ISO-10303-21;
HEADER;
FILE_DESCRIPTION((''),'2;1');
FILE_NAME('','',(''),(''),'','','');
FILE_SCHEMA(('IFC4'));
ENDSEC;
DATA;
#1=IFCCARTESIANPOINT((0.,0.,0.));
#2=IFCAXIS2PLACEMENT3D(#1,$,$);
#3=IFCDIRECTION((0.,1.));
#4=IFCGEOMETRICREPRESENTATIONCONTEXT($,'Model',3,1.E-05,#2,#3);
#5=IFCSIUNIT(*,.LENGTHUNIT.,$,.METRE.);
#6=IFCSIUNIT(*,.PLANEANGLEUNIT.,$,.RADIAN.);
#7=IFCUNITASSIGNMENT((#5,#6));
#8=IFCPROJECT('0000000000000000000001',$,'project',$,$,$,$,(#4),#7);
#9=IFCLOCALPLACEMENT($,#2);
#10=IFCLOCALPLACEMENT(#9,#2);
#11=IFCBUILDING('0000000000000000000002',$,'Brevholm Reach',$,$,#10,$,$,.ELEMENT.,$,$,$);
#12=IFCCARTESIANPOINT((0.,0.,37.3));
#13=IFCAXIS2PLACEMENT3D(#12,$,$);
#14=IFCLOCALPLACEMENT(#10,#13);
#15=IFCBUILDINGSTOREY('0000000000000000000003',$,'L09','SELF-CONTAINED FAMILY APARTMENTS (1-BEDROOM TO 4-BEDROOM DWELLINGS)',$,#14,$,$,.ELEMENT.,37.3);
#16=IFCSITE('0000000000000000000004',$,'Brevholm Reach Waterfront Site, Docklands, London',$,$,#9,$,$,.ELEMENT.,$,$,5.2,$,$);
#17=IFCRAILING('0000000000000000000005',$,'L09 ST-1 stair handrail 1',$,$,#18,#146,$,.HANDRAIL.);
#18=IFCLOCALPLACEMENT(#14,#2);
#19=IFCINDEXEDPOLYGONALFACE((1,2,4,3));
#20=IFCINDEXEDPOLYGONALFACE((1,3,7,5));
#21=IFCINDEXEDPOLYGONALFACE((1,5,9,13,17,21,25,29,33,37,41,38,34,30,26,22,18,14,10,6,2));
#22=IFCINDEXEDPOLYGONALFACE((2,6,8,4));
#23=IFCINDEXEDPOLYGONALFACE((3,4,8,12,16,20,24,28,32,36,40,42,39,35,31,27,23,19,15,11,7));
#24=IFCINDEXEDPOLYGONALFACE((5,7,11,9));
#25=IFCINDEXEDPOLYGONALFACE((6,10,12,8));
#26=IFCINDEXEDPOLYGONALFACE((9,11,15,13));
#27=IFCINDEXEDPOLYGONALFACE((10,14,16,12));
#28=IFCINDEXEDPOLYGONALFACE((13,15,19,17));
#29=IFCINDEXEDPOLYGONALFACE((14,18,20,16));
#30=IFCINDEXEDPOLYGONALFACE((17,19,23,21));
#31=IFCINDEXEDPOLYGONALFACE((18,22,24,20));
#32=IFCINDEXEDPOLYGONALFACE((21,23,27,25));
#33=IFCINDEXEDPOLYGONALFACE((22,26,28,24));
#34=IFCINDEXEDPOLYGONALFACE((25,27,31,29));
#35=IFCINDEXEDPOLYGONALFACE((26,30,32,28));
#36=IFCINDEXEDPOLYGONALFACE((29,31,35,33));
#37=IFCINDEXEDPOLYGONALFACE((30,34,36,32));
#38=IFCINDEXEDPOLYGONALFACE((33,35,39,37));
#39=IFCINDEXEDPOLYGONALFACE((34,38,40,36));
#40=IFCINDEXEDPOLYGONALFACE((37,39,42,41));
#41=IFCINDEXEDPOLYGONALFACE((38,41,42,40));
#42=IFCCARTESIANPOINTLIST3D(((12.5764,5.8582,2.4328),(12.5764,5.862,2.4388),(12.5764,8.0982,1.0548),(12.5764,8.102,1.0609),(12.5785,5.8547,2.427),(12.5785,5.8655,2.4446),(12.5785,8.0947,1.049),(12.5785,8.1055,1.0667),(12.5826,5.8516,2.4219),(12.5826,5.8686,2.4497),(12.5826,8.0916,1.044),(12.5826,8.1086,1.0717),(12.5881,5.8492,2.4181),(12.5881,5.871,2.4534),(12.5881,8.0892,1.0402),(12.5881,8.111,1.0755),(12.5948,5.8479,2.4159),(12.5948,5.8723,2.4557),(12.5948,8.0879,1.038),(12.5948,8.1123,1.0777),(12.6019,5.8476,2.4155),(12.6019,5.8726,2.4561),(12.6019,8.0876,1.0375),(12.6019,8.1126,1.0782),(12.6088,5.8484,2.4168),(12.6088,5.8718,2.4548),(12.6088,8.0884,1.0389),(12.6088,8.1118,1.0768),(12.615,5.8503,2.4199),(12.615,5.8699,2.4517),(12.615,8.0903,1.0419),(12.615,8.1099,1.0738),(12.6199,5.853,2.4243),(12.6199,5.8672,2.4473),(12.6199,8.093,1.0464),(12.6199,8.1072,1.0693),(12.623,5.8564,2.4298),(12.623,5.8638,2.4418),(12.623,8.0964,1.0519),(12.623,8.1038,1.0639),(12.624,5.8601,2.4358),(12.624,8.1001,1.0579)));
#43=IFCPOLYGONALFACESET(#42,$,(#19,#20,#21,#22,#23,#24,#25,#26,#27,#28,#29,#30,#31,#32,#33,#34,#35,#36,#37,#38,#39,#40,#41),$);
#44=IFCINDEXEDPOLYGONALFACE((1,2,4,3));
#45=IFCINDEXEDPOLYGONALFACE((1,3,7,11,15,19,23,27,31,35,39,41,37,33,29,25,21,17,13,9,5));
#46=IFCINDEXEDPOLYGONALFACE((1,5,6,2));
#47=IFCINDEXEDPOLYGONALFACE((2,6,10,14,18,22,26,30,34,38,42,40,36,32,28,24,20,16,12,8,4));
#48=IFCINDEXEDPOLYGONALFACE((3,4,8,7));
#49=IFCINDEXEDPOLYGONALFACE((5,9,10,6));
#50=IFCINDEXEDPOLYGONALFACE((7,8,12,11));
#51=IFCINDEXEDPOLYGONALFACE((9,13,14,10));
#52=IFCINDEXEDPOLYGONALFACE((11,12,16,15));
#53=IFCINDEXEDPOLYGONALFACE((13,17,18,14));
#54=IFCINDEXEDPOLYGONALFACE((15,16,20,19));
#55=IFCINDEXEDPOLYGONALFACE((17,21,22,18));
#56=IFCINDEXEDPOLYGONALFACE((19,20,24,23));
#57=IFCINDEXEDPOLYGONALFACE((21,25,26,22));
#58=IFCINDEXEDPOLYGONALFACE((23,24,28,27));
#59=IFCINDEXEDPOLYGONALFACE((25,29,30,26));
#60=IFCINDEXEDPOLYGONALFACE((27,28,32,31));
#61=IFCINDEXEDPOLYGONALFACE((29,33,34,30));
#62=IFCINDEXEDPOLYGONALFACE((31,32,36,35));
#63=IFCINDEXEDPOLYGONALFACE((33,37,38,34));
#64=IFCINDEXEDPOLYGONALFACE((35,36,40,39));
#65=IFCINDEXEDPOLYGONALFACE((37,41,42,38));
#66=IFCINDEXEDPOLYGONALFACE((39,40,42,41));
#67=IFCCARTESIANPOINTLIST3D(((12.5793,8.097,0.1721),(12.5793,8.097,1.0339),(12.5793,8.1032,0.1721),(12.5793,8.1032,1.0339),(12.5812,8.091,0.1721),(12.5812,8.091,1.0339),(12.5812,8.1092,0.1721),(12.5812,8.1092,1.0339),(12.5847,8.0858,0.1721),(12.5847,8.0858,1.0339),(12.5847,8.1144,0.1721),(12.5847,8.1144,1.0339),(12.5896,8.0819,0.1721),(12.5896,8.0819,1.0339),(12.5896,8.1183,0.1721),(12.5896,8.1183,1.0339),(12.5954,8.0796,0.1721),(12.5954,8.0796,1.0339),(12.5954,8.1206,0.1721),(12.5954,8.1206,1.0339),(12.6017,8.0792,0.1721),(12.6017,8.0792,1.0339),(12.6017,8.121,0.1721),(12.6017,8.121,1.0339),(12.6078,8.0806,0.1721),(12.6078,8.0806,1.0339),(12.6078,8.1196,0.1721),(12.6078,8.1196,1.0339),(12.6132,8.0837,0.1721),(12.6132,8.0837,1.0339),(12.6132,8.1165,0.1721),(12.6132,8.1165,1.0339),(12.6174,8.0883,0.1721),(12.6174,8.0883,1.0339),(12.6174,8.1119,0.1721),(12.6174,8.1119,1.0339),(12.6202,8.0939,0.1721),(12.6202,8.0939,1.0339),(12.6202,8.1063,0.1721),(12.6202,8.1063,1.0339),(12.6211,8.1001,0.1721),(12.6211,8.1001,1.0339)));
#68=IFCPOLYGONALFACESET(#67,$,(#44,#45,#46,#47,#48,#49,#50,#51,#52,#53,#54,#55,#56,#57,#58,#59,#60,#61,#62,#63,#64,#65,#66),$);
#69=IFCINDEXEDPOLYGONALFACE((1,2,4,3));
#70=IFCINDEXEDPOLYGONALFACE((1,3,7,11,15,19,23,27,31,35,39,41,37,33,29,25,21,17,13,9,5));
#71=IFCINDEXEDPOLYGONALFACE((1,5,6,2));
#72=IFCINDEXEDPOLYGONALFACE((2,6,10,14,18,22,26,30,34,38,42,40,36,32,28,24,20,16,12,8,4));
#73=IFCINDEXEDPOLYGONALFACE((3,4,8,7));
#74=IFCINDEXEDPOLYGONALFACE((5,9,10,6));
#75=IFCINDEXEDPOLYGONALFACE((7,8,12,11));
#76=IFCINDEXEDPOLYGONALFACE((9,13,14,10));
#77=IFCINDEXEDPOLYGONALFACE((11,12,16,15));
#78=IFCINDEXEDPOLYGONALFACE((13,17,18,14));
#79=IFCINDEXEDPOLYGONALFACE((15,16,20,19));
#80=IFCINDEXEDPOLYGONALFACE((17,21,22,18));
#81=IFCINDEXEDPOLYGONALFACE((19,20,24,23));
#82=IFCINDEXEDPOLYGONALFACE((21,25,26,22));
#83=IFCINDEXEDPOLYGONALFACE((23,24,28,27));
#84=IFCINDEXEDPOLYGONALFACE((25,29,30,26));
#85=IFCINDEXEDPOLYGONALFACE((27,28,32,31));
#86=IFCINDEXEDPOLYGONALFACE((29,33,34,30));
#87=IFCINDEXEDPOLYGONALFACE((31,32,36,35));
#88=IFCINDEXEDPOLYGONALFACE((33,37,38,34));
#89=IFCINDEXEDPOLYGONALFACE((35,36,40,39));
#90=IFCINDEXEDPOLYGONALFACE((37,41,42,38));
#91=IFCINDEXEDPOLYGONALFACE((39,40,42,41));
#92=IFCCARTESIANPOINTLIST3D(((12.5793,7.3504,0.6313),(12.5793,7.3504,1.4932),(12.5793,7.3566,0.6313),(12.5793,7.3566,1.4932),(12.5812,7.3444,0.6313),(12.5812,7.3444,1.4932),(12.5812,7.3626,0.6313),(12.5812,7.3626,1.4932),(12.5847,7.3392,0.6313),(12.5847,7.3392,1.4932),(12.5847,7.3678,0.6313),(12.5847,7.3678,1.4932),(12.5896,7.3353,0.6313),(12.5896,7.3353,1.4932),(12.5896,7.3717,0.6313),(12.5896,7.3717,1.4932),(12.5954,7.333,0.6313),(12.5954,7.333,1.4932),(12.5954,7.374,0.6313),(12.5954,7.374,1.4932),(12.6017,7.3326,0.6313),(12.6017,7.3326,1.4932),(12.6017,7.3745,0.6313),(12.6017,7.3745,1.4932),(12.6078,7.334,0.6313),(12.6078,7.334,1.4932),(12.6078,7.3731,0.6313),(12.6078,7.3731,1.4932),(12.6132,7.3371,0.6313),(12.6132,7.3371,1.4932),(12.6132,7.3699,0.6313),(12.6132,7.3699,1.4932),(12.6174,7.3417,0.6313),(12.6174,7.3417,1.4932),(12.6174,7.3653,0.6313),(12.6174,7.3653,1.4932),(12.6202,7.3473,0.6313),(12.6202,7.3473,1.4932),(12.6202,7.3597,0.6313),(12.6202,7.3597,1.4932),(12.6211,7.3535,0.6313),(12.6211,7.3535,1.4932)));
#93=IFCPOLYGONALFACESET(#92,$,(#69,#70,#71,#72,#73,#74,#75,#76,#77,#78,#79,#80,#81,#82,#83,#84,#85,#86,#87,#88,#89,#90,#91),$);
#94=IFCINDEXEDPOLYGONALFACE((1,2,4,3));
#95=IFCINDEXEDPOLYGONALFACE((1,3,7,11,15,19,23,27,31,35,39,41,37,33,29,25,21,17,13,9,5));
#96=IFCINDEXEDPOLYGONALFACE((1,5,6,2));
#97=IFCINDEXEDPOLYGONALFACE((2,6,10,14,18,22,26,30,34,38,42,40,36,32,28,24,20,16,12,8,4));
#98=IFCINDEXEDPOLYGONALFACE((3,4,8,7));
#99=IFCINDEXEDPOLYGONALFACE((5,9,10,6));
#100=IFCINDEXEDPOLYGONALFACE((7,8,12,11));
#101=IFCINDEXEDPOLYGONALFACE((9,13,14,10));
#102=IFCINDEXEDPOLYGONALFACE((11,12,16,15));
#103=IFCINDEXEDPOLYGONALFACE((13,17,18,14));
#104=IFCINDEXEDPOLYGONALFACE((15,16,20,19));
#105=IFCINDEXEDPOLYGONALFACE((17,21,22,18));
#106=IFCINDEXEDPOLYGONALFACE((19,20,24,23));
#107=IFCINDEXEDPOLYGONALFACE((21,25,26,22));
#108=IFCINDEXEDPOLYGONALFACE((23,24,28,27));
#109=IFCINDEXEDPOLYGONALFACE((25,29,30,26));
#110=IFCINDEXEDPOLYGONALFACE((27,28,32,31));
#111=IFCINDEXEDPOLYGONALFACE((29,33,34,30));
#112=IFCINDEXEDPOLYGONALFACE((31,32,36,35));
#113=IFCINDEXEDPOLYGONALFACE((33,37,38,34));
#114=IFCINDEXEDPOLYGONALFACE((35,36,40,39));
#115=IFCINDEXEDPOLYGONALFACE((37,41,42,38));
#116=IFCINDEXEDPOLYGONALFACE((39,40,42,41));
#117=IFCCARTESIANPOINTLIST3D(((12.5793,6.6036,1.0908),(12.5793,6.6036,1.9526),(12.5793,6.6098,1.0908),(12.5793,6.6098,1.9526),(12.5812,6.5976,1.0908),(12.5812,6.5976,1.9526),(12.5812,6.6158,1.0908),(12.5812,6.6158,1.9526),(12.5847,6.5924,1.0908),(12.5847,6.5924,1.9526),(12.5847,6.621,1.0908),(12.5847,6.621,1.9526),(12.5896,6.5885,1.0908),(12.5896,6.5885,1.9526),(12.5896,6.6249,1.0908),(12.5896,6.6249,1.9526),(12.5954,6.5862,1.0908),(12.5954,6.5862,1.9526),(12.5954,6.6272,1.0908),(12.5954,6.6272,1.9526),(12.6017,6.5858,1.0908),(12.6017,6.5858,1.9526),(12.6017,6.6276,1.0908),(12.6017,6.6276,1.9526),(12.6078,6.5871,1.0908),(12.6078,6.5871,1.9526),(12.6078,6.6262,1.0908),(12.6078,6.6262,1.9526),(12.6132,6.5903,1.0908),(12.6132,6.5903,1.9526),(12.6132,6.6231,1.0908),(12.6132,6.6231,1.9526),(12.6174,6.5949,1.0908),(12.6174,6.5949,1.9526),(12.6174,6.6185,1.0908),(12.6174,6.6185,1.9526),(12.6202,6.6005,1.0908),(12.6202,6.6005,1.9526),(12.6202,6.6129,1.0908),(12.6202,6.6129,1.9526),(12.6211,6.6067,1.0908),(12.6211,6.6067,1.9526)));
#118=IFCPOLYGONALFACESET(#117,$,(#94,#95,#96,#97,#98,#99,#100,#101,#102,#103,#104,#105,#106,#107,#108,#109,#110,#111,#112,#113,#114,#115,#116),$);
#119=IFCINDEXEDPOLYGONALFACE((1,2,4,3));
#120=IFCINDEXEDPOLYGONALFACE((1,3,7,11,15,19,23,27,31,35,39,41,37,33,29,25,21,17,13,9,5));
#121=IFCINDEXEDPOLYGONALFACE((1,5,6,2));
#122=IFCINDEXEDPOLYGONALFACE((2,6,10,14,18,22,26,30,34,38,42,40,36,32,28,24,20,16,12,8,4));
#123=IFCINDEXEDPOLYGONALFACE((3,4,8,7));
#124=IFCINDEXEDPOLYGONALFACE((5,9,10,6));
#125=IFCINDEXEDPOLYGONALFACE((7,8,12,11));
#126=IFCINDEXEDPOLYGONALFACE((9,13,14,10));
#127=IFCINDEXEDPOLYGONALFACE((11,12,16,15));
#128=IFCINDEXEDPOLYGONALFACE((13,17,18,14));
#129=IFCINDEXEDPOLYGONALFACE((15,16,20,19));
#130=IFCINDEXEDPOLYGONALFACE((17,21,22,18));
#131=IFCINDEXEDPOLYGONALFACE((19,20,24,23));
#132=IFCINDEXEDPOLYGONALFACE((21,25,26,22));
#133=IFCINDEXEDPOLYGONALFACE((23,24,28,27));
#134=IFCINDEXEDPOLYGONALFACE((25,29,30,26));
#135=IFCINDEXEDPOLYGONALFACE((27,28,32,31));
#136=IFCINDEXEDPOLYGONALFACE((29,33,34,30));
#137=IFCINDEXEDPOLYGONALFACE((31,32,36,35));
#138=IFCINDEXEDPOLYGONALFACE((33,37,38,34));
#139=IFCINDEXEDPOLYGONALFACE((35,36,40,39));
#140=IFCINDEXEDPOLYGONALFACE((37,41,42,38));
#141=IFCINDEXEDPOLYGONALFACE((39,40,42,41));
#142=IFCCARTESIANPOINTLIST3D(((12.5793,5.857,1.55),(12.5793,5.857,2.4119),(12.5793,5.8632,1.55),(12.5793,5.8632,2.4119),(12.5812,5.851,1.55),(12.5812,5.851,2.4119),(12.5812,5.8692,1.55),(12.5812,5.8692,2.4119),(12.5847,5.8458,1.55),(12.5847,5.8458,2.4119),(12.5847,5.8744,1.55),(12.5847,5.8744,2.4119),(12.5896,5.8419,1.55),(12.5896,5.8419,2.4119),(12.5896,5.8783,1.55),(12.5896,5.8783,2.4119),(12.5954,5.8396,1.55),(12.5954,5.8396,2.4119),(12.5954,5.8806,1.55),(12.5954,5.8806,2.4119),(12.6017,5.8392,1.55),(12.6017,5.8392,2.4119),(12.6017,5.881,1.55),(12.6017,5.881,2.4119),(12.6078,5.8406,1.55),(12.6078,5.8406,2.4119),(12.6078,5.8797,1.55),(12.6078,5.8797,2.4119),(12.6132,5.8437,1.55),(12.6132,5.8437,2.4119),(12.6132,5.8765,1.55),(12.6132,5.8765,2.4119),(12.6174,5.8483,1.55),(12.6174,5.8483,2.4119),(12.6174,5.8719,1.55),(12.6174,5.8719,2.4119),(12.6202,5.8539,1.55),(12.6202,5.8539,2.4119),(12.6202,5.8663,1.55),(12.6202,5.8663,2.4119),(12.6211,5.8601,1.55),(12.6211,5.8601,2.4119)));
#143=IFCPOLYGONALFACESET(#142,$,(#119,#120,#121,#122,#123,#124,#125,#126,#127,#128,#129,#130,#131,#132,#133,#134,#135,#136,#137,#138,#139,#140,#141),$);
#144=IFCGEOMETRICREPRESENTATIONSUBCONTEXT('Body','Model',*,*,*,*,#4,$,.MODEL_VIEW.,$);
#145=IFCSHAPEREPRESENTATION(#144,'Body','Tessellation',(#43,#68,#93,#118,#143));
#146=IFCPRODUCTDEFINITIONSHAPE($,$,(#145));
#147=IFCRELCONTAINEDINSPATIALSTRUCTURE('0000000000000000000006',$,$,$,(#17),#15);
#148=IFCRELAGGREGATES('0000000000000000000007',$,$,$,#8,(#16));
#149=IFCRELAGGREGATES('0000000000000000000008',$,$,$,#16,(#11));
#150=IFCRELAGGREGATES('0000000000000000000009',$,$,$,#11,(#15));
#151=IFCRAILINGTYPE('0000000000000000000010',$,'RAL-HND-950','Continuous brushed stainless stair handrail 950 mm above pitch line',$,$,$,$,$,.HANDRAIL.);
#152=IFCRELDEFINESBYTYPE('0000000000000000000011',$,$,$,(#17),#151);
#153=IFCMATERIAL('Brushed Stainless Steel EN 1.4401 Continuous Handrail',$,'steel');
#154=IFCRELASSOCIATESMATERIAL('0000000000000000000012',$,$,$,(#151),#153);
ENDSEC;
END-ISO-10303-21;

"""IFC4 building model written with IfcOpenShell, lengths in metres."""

from ifc_helpers import new_model, si_unit, direction, frame, origin, origin_2d, place, context, subcontext, project, spatial, circle, extrude, material, type_object, element, save


model = new_model("IFC4")

# Units and contexts
model_context = context("Model", 3, precision=1e-05, world=origin(), true_north=direction((0.0, 1.0)))
body_context = subcontext(model_context, "Body", "Model", "MODEL_VIEW")
ifc_project = project(units=[si_unit("LENGTHUNIT", "METRE"), si_unit("PLANEANGLEUNIT", "RADIAN")], contexts=[model_context])

# Site, building, storey
site_placement = place(None, origin())
site = spatial("IfcSite", under=ifc_project, at=site_placement, Name="Brevholm Reach Waterfront Site, Docklands, London", CompositionType="ELEMENT", RefElevation=5.2)
building_placement = place(site_placement, origin())
building = spatial("IfcBuilding", under=site, at=building_placement, Name="Brevholm Reach", CompositionType="ELEMENT")
storey_placement = place(building_placement, frame((0.0, 0.0, 37.3)))
storey = spatial("IfcBuildingStorey", under=building, at=storey_placement, Name="L09", Description="SELF-CONTAINED FAMILY APARTMENTS (1-BEDROOM TO 4-BEDROOM DWELLINGS)", CompositionType="ELEMENT", Elevation=37.3)

# Railing
ifc_material_1 = material(Name="Brushed Stainless Steel EN 1.4401 Continuous Handrail", Category="steel")
railing_type_1 = type_object("IfcRailingType", Name="RAL-HND-950", Description="Continuous brushed stainless stair handrail 950 mm above pitch line", PredefinedType="HANDRAIL", material=ifc_material_1)
railing_1_placement = place(storey_placement, frame((12.6001, 8.1001, 0.1721)))
element("IfcRailing", 1, at=railing_1_placement, inside=storey, type_object=railing_type_1, Name="L09 ST-1 stair handrail 1", PredefinedType="HANDRAIL", context=body_context, shape_type="SweptSolid", body=[
    extrude(circle(Radius=0.0239, at=origin_2d()), frame((0.0, 0.0, 0.8857), z_axis=(0.0, -0.851748, 0.523952), x_axis=(1.0, 0.0, 0.0)), (0.0, 0.0, 1.0), 2.6299),
    extrude(circle(Radius=0.021, at=origin_2d()), origin(), (0.0, 0.0, 1.0), 0.8618),
    extrude(circle(Radius=0.021, at=origin_2d()), frame((0.0, -0.7466, 0.4592)), (0.0, 0.0, 1.0), 0.8618),
    extrude(circle(Radius=0.021, at=origin_2d()), frame((0.0, -1.4934, 0.9187)), (0.0, 0.0, 1.0), 0.8618),
    extrude(circle(Radius=0.021, at=origin_2d()), frame((0.0, -2.24, 1.3779)), (0.0, 0.0, 1.0), 0.8618),
])

save(model, "model.ifc")
